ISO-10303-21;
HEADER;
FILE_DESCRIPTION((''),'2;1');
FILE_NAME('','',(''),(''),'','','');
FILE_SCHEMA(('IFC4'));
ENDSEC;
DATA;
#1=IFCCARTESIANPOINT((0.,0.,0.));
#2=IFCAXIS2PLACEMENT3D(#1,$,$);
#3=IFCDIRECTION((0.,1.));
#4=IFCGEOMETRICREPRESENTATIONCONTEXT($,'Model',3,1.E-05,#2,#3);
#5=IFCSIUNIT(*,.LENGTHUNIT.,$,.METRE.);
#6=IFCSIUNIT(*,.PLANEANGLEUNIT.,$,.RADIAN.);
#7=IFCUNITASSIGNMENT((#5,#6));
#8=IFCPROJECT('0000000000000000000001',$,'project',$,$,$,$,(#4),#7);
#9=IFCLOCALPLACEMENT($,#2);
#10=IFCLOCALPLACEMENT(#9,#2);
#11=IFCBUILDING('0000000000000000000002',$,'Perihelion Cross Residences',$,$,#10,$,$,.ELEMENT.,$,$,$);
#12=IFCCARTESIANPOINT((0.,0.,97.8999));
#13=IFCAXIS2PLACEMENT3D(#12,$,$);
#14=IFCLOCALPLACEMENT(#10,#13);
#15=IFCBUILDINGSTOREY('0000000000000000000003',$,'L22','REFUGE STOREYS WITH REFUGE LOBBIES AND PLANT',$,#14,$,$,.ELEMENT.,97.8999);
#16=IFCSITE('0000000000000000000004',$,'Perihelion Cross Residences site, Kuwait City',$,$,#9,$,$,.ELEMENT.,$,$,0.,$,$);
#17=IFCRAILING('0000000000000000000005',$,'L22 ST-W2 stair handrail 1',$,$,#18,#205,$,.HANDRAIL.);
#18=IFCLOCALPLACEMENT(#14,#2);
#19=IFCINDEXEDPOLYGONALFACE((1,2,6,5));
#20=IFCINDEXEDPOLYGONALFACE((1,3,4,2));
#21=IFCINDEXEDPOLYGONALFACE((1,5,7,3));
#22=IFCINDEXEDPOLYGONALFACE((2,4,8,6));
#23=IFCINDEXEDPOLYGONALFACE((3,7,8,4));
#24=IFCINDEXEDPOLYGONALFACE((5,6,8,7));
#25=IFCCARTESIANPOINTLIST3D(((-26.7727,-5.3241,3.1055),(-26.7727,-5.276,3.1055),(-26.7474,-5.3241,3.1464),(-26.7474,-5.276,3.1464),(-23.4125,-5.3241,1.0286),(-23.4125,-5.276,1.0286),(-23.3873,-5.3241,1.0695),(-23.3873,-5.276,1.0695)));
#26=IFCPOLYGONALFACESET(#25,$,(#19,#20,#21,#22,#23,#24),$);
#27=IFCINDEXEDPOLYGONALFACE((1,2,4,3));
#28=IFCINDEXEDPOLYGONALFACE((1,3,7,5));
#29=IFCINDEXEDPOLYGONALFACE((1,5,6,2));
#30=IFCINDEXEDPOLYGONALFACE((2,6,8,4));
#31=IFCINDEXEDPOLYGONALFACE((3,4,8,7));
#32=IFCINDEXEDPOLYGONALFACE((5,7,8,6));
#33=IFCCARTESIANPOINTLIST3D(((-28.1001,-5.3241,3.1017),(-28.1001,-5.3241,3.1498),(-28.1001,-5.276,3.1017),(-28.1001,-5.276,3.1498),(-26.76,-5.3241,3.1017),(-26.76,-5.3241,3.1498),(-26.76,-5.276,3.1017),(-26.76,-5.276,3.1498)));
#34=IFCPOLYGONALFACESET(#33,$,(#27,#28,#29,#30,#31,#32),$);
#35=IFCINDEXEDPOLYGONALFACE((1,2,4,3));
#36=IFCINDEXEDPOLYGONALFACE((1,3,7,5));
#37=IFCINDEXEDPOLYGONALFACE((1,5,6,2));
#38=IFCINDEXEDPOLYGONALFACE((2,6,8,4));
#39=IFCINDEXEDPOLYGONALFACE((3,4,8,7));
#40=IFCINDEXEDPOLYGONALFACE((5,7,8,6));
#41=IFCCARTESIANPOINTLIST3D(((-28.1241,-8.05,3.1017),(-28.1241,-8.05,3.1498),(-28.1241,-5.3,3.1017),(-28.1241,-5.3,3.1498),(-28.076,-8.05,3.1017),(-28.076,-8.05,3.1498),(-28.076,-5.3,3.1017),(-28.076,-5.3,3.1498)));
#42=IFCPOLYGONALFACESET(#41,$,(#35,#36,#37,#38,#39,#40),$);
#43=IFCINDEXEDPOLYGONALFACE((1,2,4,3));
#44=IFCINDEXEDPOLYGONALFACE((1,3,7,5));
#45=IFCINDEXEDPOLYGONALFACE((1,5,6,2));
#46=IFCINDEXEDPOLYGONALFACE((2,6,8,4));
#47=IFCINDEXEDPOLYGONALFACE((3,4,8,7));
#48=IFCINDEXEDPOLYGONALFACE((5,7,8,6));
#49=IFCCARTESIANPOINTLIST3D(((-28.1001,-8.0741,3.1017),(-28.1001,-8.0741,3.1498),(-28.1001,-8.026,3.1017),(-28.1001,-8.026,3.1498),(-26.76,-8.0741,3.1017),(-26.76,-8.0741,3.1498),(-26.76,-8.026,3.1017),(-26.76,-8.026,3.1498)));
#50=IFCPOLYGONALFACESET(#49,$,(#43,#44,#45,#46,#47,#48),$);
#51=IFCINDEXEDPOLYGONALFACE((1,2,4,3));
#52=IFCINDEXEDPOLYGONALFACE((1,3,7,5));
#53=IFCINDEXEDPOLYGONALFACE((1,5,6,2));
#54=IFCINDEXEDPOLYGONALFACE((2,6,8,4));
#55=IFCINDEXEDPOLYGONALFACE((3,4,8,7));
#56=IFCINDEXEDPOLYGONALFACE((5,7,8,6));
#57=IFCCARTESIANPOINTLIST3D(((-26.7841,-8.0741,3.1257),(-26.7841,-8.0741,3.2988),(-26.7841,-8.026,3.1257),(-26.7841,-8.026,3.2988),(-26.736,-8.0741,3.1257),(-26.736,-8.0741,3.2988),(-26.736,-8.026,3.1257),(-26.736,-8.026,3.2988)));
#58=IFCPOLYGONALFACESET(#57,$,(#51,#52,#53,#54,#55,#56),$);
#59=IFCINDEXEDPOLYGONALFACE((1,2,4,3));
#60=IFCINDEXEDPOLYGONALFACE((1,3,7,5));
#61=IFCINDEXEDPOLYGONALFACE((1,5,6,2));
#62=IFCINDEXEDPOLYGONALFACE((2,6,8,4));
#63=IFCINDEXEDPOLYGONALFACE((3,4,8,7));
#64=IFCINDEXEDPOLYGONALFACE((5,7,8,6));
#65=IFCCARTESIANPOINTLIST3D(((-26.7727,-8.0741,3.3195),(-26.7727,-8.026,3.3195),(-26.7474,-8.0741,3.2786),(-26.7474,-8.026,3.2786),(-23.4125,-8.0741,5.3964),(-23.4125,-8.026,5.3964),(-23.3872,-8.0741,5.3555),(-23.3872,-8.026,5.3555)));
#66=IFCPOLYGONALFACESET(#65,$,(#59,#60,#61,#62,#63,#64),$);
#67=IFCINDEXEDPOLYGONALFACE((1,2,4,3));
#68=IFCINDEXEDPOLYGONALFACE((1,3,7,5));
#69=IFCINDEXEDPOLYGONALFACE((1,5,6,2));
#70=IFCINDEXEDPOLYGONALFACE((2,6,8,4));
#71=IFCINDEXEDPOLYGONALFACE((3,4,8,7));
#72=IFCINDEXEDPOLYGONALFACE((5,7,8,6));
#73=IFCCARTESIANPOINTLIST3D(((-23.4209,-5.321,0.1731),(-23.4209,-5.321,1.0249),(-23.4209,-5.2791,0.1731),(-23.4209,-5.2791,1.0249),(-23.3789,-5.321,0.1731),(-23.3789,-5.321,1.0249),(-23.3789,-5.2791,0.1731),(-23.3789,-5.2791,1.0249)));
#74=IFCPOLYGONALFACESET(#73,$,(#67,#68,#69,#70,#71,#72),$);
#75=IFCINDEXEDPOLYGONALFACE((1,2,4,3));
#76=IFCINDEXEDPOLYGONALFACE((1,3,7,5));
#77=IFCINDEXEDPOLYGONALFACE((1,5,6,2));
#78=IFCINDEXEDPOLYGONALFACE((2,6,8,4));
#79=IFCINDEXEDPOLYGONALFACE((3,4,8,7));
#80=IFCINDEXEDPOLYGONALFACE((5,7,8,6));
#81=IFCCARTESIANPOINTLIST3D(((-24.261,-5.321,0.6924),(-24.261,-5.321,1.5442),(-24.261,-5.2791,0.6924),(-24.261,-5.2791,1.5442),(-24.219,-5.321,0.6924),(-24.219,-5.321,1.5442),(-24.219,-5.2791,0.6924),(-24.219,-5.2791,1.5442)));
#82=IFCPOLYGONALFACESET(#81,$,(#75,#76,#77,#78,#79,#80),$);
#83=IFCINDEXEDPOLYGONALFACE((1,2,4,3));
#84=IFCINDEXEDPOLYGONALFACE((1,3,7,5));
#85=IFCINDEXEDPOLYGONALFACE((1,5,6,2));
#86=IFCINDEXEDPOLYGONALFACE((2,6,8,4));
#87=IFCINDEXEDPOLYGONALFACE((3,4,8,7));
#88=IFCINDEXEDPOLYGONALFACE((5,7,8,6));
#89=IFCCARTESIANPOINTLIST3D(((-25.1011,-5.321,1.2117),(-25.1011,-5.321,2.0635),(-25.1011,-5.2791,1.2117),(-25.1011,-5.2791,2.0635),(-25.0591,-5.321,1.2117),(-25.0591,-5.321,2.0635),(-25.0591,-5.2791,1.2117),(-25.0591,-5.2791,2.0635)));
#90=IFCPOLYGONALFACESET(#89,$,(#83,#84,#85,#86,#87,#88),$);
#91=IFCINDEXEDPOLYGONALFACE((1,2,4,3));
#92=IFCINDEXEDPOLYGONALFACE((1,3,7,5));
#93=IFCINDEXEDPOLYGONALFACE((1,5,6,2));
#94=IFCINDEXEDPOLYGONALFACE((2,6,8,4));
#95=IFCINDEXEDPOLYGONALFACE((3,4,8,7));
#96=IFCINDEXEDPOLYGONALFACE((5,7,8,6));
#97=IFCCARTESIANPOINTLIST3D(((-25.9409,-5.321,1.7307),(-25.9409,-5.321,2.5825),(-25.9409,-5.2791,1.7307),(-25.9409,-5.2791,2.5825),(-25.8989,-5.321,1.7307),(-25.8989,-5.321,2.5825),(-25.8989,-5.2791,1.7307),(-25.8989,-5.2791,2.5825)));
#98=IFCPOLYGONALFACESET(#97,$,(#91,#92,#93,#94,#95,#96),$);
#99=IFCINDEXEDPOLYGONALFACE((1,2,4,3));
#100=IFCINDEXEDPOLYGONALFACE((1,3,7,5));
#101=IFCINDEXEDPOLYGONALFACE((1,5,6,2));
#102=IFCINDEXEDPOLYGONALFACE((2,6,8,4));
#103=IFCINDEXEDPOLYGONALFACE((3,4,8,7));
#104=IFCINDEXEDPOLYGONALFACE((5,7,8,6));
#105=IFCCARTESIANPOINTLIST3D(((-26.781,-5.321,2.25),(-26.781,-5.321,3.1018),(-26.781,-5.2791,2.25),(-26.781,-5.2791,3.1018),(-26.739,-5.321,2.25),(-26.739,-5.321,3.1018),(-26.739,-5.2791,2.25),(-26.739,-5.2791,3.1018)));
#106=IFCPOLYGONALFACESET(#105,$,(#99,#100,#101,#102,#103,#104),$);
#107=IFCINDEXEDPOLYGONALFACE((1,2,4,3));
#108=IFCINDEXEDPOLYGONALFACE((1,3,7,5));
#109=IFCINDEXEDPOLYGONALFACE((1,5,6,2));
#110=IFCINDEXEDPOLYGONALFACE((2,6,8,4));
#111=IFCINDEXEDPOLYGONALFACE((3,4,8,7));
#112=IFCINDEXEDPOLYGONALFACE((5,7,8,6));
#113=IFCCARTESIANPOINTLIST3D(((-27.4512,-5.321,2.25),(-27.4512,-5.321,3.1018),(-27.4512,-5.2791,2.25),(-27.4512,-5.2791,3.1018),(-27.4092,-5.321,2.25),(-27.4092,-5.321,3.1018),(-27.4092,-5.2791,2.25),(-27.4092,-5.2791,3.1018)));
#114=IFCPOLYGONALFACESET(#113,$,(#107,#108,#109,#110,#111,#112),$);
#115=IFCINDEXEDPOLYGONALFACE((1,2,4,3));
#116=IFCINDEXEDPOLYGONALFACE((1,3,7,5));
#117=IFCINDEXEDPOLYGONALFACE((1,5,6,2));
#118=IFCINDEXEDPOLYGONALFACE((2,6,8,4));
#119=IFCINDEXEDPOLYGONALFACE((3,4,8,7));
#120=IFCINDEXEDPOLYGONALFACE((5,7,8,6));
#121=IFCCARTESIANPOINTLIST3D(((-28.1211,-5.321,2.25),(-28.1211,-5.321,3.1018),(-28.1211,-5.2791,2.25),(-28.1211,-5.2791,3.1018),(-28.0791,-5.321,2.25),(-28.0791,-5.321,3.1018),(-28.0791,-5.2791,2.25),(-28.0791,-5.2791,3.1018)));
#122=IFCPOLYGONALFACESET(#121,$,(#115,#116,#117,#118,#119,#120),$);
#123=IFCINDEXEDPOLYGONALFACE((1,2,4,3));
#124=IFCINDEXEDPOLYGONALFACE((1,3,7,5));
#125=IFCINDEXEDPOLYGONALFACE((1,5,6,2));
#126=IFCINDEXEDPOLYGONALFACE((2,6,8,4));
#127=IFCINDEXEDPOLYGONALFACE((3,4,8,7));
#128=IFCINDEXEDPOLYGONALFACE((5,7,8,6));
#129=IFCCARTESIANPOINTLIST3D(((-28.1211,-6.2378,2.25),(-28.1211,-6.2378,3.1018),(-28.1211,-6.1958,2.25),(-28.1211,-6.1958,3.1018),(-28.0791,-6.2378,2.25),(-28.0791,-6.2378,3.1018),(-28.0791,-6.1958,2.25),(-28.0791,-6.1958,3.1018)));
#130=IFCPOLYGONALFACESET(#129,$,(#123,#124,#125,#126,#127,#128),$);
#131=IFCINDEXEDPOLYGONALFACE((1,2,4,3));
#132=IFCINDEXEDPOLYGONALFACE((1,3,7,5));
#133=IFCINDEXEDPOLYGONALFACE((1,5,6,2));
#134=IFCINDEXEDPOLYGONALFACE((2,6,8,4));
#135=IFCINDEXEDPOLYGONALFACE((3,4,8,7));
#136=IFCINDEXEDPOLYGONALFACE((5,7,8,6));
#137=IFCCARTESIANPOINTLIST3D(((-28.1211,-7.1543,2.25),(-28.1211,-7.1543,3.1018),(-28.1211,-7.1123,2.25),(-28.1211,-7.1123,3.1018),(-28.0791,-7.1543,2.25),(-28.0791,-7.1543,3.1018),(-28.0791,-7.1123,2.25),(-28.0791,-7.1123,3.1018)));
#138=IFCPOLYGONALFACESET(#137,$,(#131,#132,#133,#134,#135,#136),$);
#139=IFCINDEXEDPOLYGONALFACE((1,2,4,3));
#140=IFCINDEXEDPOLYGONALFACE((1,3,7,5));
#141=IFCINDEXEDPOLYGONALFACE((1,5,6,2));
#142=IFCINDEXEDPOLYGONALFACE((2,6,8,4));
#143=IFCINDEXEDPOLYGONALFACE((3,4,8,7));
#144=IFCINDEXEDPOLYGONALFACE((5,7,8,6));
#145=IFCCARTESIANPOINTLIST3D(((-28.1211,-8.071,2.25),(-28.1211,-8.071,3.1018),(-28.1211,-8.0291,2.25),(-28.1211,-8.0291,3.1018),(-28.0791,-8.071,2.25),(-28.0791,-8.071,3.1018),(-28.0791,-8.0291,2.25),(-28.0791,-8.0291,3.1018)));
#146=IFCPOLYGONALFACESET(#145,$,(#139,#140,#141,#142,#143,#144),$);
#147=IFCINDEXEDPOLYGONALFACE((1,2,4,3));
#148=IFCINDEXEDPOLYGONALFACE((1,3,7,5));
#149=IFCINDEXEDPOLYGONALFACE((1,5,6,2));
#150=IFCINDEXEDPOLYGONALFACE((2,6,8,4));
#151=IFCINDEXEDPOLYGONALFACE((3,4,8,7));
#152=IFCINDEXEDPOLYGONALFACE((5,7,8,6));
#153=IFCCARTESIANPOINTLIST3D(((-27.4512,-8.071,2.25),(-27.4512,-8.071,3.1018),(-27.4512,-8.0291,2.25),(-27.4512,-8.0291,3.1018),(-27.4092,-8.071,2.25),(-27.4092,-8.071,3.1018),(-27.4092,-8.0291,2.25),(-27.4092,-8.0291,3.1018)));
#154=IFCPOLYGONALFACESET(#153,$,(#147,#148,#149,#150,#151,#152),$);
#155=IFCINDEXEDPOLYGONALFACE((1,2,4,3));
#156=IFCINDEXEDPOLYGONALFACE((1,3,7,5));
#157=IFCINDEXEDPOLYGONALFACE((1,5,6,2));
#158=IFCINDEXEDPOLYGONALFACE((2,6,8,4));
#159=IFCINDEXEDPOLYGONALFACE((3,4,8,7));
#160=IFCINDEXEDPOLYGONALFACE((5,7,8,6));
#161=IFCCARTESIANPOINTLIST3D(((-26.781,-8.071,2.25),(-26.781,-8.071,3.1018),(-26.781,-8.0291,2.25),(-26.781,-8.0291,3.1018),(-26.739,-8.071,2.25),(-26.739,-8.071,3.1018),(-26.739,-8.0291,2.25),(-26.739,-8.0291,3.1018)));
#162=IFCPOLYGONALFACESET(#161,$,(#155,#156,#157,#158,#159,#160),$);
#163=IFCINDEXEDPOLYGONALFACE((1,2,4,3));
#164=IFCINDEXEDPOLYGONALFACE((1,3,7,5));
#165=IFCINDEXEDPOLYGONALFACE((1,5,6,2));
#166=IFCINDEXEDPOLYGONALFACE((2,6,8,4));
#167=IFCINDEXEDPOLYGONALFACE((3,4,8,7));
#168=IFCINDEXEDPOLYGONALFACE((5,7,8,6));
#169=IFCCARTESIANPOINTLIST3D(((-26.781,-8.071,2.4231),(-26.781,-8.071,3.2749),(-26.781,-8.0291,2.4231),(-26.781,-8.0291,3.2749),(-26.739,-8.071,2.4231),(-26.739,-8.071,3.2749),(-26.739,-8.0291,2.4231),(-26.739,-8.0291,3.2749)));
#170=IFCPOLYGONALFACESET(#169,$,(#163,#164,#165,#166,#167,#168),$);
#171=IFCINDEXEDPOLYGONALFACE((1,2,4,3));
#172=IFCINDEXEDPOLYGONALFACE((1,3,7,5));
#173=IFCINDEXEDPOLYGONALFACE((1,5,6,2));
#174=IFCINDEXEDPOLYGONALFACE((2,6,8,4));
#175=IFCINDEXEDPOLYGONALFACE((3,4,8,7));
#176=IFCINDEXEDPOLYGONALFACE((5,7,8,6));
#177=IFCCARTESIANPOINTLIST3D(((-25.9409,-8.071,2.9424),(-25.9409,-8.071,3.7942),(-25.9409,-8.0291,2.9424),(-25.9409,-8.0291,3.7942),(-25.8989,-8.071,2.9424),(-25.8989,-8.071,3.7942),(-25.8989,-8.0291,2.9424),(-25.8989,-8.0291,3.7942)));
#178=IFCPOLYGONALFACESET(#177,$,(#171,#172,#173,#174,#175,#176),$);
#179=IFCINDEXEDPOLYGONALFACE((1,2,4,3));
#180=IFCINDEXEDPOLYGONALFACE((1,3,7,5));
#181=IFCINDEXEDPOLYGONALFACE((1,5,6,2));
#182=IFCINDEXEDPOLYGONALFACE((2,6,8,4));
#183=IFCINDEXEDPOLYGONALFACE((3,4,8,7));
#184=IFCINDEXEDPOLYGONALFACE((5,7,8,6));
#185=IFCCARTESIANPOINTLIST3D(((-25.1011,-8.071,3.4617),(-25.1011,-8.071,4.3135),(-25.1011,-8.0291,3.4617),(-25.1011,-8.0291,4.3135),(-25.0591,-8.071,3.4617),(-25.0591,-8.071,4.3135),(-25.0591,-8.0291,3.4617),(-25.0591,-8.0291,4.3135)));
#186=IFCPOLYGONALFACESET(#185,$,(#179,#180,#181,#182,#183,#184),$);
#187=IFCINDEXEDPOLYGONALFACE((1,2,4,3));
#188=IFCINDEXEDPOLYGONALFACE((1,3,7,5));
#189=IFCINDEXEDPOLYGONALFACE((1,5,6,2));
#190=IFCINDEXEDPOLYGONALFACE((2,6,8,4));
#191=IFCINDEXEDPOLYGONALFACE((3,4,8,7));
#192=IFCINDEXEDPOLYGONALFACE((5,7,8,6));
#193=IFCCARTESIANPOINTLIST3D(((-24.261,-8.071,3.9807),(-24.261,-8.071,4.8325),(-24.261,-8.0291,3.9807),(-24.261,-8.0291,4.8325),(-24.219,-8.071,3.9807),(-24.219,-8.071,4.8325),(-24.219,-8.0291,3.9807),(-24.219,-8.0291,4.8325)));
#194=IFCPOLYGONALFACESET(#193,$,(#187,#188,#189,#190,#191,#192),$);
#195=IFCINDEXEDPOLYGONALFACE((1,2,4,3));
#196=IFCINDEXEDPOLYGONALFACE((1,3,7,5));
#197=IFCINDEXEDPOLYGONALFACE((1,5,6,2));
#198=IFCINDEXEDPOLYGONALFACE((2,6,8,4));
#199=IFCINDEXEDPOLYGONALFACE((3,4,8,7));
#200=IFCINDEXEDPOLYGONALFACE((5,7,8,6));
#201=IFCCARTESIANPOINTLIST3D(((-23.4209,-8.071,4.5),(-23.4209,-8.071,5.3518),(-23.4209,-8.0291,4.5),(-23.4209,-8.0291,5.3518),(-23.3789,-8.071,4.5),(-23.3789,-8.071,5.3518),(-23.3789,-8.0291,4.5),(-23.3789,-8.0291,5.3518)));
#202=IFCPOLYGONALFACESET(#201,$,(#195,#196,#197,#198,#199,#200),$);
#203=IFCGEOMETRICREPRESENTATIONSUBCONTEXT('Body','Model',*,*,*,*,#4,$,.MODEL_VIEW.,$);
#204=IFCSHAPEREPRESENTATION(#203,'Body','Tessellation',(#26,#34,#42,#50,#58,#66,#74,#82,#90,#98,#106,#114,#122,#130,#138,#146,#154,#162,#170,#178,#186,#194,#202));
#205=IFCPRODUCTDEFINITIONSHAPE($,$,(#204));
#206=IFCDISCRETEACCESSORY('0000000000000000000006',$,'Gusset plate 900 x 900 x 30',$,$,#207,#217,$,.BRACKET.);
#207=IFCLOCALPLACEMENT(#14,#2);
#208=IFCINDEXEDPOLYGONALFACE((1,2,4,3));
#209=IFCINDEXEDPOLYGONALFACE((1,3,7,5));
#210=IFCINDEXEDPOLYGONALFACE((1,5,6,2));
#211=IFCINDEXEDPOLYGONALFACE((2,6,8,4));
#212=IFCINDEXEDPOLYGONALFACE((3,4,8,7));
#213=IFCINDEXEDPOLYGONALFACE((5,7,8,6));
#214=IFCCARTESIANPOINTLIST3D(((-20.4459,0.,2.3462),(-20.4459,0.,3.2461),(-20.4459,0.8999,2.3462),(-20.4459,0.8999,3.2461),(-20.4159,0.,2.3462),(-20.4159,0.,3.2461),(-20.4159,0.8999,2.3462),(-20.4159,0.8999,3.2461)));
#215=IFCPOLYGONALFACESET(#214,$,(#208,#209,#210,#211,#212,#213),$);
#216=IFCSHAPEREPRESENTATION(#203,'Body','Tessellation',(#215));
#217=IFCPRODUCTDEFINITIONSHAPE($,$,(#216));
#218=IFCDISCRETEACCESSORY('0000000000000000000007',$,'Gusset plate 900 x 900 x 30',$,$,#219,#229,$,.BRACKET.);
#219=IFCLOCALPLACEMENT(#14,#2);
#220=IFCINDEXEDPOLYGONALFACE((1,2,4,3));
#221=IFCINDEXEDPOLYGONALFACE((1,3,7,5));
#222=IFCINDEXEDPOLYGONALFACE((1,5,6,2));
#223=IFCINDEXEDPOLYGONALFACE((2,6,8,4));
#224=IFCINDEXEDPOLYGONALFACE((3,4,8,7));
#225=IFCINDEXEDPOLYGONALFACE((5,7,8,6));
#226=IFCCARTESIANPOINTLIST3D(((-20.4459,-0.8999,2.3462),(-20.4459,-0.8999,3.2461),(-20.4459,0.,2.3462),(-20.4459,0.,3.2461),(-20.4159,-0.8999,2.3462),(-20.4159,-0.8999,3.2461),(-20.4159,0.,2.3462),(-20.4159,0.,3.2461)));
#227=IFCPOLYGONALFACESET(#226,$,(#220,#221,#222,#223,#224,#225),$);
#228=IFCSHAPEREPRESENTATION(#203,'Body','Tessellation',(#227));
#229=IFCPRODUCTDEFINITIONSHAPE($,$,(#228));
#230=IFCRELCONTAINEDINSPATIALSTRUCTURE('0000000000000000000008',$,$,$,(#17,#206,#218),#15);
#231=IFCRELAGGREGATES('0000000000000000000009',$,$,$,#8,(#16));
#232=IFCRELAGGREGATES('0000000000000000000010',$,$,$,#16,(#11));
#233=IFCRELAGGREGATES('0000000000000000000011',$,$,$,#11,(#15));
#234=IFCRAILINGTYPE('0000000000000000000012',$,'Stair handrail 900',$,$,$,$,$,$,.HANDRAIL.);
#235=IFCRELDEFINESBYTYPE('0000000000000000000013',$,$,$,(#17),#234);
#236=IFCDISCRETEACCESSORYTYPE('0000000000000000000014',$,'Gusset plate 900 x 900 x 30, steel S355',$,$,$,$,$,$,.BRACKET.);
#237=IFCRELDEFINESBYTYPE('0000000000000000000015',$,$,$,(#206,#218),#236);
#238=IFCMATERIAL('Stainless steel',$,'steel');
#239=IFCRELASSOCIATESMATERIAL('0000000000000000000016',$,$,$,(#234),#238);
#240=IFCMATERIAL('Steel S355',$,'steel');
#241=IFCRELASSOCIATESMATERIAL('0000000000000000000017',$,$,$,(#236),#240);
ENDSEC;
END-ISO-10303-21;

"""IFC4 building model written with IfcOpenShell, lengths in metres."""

from ifc_helpers import new_model, si_unit, direction, frame, origin, origin_2d, place, context, subcontext, project, spatial, rectangle, extrude, material, type_object, element, save


model = new_model("IFC4")

# Units and contexts
model_context = context("Model", 3, precision=1e-05, world=origin(), true_north=direction((0.0, 1.0)))
body_context = subcontext(model_context, "Body", "Model", "MODEL_VIEW")
ifc_project = project(units=[si_unit("LENGTHUNIT", "METRE"), si_unit("PLANEANGLEUNIT", "RADIAN")], contexts=[model_context])

# Site, building, storey
site_placement = place(None, origin())
site = spatial("IfcSite", under=ifc_project, at=site_placement, Name="Perihelion Cross Residences site, Kuwait City", CompositionType="ELEMENT", RefElevation=0.0)
building_placement = place(site_placement, origin())
building = spatial("IfcBuilding", under=site, at=building_placement, Name="Perihelion Cross Residences", CompositionType="ELEMENT")
storey_placement = place(building_placement, frame((0.0, 0.0, 97.8999)))
storey = spatial("IfcBuildingStorey", under=building, at=storey_placement, Name="L22", Description="REFUGE STOREYS WITH REFUGE LOBBIES AND PLANT", CompositionType="ELEMENT", Elevation=97.8999)

# Railing
ifc_material_1 = material(Name="Stainless steel", Category="steel")
railing_type_1 = type_object("IfcRailingType", Name="Stair handrail 900", PredefinedType="HANDRAIL", material=ifc_material_1)
railing_1_placement = place(storey_placement, frame((-23.3999, -5.3, 0.1731)))
element("IfcRailing", 1, at=railing_1_placement, inside=storey, type_object=railing_type_1, Name="L22 ST-W2 stair handrail 1", PredefinedType="HANDRAIL", context=body_context, shape_type="SweptSolid", body=[
    extrude(rectangle(XDim=0.0481, YDim=0.0481, at=origin_2d()), frame((0.0, 0.0, 0.876), z_axis=(-0.850623, 0.0, 0.525776), x_axis=(0.0, -1.0, 0.0)), (0.0, 0.0, 1.0), 3.9502),
    extrude(rectangle(XDim=0.0481, YDim=0.0481, at=origin_2d()), frame((-3.3601, 0.0, 2.9526), z_axis=(-1.0, 0.0, 0.0), x_axis=(0.0, -1.0, 0.0)), (0.0, 0.0, 1.0), 1.3401),
    extrude(rectangle(XDim=0.0481, YDim=0.0481, at=origin_2d()), frame((-4.7002, 0.0, 2.9526), z_axis=(0.0, -1.0, 0.0), x_axis=(1.0, 0.0, 0.0)), (0.0, 0.0, 1.0), 2.75),
    extrude(rectangle(XDim=0.0481, YDim=0.0481, at=origin_2d()), frame((-4.7002, -2.75, 2.9526), z_axis=(1.0, 0.0, 0.0), x_axis=(0.0, 1.0, 0.0)), (0.0, 0.0, 1.0), 1.3401),
    extrude(rectangle(XDim=0.0481, YDim=0.0481, at=origin_2d()), frame((-3.3601, -2.75, 2.9526), z_axis=(0.0, 0.0, 1.0), x_axis=(1.0, 0.0, 0.0)), (0.0, 0.0, 1.0), 0.1731),
    extrude(rectangle(XDim=0.0481, YDim=0.0481, at=origin_2d()), frame((-3.3601, -2.75, 3.126), z_axis=(0.850623, 0.0, 0.525776), x_axis=(0.0, 1.0, 0.0)), (0.0, 0.0, 1.0), 3.9502),
    extrude(rectangle(XDim=0.042, YDim=0.042, at=origin_2d()), origin(), (0.0, 0.0, 1.0), 0.8518),
    extrude(rectangle(XDim=0.042, YDim=0.042, at=origin_2d()), frame((-0.8401, 0.0, 0.5193)), (0.0, 0.0, 1.0), 0.8518),
    extrude(rectangle(XDim=0.042, YDim=0.042, at=origin_2d()), frame((-1.6802, 0.0, 1.0386)), (0.0, 0.0, 1.0), 0.8518),
    extrude(rectangle(XDim=0.042, YDim=0.042, at=origin_2d()), frame((-2.52, 0.0, 1.5576)), (0.0, 0.0, 1.0), 0.8518),
    extrude(rectangle(XDim=0.042, YDim=0.042, at=origin_2d()), frame((-3.3601, 0.0, 2.0769)), (0.0, 0.0, 1.0), 0.8518),
    extrude(rectangle(XDim=0.042, YDim=0.042, at=origin_2d()), frame((-4.0303, 0.0, 2.0769)), (0.0, 0.0, 1.0), 0.8518),
    extrude(rectangle(XDim=0.042, YDim=0.042, at=origin_2d()), frame((-4.7002, 0.0, 2.0769)), (0.0, 0.0, 1.0), 0.8518),
    extrude(rectangle(XDim=0.042, YDim=0.042, at=origin_2d()), frame((-4.7002, -0.9167, 2.0769)), (0.0, 0.0, 1.0), 0.8518),
    extrude(rectangle(XDim=0.042, YDim=0.042, at=origin_2d()), frame((-4.7002, -1.8333, 2.0769)), (0.0, 0.0, 1.0), 0.8518),
    extrude(rectangle(XDim=0.042, YDim=0.042, at=origin_2d()), frame((-4.7002, -2.75, 2.0769)), (0.0, 0.0, 1.0), 0.8518),
    extrude(rectangle(XDim=0.042, YDim=0.042, at=origin_2d()), frame((-4.0303, -2.75, 2.0769)), (0.0, 0.0, 1.0), 0.8518),
    extrude(rectangle(XDim=0.042, YDim=0.042, at=origin_2d()), frame((-3.3601, -2.75, 2.0769)), (0.0, 0.0, 1.0), 0.8518),
    extrude(rectangle(XDim=0.042, YDim=0.042, at=origin_2d()), frame((-3.3601, -2.75, 2.25)), (0.0, 0.0, 1.0), 0.8518),
    extrude(rectangle(XDim=0.042, YDim=0.042, at=origin_2d()), frame((-2.52, -2.75, 2.7693)), (0.0, 0.0, 1.0), 0.8518),
    extrude(rectangle(XDim=0.042, YDim=0.042, at=origin_2d()), frame((-1.6802, -2.75, 3.2886)), (0.0, 0.0, 1.0), 0.8518),
    extrude(rectangle(XDim=0.042, YDim=0.042, at=origin_2d()), frame((-0.8401, -2.75, 3.8076)), (0.0, 0.0, 1.0), 0.8518),
    extrude(rectangle(XDim=0.042, YDim=0.042, at=origin_2d()), frame((0.0, -2.75, 4.3269)), (0.0, 0.0, 1.0), 0.8518),
])

# Discrete accessories
ifc_material_2 = material(Name="Steel S355", Category="steel")
discrete_accessory_type = type_object("IfcDiscreteAccessoryType", Name="Gusset plate 900 x 900 x 30, steel S355", PredefinedType="BRACKET", material=ifc_material_2)
for number, where, z_axis, x_axis, name in (
    (2, (-20.4309, 0.45, 2.3462), (0.0, 0.0, 1.0), (0.0, 1.0, 0.0), "Gusset plate 900 x 900 x 30"),
    (3, (-20.4309, -0.45, 2.3462), (0.0, 0.0, 1.0), (0.0, -1.0, 0.0), "Gusset plate 900 x 900 x 30"),
):
    element("IfcDiscreteAccessory", number, at=place(storey_placement, frame(where, z_axis=z_axis, x_axis=x_axis)), inside=storey, type_object=discrete_accessory_type, Name=name, PredefinedType="BRACKET", context=body_context, shape_type="SweptSolid", body=[
        extrude(rectangle(XDim=0.8999, YDim=0.03, at=origin_2d()), origin(), (0.0, 0.0, 1.0), 0.8999),
    ])

save(model, "model.ifc")
